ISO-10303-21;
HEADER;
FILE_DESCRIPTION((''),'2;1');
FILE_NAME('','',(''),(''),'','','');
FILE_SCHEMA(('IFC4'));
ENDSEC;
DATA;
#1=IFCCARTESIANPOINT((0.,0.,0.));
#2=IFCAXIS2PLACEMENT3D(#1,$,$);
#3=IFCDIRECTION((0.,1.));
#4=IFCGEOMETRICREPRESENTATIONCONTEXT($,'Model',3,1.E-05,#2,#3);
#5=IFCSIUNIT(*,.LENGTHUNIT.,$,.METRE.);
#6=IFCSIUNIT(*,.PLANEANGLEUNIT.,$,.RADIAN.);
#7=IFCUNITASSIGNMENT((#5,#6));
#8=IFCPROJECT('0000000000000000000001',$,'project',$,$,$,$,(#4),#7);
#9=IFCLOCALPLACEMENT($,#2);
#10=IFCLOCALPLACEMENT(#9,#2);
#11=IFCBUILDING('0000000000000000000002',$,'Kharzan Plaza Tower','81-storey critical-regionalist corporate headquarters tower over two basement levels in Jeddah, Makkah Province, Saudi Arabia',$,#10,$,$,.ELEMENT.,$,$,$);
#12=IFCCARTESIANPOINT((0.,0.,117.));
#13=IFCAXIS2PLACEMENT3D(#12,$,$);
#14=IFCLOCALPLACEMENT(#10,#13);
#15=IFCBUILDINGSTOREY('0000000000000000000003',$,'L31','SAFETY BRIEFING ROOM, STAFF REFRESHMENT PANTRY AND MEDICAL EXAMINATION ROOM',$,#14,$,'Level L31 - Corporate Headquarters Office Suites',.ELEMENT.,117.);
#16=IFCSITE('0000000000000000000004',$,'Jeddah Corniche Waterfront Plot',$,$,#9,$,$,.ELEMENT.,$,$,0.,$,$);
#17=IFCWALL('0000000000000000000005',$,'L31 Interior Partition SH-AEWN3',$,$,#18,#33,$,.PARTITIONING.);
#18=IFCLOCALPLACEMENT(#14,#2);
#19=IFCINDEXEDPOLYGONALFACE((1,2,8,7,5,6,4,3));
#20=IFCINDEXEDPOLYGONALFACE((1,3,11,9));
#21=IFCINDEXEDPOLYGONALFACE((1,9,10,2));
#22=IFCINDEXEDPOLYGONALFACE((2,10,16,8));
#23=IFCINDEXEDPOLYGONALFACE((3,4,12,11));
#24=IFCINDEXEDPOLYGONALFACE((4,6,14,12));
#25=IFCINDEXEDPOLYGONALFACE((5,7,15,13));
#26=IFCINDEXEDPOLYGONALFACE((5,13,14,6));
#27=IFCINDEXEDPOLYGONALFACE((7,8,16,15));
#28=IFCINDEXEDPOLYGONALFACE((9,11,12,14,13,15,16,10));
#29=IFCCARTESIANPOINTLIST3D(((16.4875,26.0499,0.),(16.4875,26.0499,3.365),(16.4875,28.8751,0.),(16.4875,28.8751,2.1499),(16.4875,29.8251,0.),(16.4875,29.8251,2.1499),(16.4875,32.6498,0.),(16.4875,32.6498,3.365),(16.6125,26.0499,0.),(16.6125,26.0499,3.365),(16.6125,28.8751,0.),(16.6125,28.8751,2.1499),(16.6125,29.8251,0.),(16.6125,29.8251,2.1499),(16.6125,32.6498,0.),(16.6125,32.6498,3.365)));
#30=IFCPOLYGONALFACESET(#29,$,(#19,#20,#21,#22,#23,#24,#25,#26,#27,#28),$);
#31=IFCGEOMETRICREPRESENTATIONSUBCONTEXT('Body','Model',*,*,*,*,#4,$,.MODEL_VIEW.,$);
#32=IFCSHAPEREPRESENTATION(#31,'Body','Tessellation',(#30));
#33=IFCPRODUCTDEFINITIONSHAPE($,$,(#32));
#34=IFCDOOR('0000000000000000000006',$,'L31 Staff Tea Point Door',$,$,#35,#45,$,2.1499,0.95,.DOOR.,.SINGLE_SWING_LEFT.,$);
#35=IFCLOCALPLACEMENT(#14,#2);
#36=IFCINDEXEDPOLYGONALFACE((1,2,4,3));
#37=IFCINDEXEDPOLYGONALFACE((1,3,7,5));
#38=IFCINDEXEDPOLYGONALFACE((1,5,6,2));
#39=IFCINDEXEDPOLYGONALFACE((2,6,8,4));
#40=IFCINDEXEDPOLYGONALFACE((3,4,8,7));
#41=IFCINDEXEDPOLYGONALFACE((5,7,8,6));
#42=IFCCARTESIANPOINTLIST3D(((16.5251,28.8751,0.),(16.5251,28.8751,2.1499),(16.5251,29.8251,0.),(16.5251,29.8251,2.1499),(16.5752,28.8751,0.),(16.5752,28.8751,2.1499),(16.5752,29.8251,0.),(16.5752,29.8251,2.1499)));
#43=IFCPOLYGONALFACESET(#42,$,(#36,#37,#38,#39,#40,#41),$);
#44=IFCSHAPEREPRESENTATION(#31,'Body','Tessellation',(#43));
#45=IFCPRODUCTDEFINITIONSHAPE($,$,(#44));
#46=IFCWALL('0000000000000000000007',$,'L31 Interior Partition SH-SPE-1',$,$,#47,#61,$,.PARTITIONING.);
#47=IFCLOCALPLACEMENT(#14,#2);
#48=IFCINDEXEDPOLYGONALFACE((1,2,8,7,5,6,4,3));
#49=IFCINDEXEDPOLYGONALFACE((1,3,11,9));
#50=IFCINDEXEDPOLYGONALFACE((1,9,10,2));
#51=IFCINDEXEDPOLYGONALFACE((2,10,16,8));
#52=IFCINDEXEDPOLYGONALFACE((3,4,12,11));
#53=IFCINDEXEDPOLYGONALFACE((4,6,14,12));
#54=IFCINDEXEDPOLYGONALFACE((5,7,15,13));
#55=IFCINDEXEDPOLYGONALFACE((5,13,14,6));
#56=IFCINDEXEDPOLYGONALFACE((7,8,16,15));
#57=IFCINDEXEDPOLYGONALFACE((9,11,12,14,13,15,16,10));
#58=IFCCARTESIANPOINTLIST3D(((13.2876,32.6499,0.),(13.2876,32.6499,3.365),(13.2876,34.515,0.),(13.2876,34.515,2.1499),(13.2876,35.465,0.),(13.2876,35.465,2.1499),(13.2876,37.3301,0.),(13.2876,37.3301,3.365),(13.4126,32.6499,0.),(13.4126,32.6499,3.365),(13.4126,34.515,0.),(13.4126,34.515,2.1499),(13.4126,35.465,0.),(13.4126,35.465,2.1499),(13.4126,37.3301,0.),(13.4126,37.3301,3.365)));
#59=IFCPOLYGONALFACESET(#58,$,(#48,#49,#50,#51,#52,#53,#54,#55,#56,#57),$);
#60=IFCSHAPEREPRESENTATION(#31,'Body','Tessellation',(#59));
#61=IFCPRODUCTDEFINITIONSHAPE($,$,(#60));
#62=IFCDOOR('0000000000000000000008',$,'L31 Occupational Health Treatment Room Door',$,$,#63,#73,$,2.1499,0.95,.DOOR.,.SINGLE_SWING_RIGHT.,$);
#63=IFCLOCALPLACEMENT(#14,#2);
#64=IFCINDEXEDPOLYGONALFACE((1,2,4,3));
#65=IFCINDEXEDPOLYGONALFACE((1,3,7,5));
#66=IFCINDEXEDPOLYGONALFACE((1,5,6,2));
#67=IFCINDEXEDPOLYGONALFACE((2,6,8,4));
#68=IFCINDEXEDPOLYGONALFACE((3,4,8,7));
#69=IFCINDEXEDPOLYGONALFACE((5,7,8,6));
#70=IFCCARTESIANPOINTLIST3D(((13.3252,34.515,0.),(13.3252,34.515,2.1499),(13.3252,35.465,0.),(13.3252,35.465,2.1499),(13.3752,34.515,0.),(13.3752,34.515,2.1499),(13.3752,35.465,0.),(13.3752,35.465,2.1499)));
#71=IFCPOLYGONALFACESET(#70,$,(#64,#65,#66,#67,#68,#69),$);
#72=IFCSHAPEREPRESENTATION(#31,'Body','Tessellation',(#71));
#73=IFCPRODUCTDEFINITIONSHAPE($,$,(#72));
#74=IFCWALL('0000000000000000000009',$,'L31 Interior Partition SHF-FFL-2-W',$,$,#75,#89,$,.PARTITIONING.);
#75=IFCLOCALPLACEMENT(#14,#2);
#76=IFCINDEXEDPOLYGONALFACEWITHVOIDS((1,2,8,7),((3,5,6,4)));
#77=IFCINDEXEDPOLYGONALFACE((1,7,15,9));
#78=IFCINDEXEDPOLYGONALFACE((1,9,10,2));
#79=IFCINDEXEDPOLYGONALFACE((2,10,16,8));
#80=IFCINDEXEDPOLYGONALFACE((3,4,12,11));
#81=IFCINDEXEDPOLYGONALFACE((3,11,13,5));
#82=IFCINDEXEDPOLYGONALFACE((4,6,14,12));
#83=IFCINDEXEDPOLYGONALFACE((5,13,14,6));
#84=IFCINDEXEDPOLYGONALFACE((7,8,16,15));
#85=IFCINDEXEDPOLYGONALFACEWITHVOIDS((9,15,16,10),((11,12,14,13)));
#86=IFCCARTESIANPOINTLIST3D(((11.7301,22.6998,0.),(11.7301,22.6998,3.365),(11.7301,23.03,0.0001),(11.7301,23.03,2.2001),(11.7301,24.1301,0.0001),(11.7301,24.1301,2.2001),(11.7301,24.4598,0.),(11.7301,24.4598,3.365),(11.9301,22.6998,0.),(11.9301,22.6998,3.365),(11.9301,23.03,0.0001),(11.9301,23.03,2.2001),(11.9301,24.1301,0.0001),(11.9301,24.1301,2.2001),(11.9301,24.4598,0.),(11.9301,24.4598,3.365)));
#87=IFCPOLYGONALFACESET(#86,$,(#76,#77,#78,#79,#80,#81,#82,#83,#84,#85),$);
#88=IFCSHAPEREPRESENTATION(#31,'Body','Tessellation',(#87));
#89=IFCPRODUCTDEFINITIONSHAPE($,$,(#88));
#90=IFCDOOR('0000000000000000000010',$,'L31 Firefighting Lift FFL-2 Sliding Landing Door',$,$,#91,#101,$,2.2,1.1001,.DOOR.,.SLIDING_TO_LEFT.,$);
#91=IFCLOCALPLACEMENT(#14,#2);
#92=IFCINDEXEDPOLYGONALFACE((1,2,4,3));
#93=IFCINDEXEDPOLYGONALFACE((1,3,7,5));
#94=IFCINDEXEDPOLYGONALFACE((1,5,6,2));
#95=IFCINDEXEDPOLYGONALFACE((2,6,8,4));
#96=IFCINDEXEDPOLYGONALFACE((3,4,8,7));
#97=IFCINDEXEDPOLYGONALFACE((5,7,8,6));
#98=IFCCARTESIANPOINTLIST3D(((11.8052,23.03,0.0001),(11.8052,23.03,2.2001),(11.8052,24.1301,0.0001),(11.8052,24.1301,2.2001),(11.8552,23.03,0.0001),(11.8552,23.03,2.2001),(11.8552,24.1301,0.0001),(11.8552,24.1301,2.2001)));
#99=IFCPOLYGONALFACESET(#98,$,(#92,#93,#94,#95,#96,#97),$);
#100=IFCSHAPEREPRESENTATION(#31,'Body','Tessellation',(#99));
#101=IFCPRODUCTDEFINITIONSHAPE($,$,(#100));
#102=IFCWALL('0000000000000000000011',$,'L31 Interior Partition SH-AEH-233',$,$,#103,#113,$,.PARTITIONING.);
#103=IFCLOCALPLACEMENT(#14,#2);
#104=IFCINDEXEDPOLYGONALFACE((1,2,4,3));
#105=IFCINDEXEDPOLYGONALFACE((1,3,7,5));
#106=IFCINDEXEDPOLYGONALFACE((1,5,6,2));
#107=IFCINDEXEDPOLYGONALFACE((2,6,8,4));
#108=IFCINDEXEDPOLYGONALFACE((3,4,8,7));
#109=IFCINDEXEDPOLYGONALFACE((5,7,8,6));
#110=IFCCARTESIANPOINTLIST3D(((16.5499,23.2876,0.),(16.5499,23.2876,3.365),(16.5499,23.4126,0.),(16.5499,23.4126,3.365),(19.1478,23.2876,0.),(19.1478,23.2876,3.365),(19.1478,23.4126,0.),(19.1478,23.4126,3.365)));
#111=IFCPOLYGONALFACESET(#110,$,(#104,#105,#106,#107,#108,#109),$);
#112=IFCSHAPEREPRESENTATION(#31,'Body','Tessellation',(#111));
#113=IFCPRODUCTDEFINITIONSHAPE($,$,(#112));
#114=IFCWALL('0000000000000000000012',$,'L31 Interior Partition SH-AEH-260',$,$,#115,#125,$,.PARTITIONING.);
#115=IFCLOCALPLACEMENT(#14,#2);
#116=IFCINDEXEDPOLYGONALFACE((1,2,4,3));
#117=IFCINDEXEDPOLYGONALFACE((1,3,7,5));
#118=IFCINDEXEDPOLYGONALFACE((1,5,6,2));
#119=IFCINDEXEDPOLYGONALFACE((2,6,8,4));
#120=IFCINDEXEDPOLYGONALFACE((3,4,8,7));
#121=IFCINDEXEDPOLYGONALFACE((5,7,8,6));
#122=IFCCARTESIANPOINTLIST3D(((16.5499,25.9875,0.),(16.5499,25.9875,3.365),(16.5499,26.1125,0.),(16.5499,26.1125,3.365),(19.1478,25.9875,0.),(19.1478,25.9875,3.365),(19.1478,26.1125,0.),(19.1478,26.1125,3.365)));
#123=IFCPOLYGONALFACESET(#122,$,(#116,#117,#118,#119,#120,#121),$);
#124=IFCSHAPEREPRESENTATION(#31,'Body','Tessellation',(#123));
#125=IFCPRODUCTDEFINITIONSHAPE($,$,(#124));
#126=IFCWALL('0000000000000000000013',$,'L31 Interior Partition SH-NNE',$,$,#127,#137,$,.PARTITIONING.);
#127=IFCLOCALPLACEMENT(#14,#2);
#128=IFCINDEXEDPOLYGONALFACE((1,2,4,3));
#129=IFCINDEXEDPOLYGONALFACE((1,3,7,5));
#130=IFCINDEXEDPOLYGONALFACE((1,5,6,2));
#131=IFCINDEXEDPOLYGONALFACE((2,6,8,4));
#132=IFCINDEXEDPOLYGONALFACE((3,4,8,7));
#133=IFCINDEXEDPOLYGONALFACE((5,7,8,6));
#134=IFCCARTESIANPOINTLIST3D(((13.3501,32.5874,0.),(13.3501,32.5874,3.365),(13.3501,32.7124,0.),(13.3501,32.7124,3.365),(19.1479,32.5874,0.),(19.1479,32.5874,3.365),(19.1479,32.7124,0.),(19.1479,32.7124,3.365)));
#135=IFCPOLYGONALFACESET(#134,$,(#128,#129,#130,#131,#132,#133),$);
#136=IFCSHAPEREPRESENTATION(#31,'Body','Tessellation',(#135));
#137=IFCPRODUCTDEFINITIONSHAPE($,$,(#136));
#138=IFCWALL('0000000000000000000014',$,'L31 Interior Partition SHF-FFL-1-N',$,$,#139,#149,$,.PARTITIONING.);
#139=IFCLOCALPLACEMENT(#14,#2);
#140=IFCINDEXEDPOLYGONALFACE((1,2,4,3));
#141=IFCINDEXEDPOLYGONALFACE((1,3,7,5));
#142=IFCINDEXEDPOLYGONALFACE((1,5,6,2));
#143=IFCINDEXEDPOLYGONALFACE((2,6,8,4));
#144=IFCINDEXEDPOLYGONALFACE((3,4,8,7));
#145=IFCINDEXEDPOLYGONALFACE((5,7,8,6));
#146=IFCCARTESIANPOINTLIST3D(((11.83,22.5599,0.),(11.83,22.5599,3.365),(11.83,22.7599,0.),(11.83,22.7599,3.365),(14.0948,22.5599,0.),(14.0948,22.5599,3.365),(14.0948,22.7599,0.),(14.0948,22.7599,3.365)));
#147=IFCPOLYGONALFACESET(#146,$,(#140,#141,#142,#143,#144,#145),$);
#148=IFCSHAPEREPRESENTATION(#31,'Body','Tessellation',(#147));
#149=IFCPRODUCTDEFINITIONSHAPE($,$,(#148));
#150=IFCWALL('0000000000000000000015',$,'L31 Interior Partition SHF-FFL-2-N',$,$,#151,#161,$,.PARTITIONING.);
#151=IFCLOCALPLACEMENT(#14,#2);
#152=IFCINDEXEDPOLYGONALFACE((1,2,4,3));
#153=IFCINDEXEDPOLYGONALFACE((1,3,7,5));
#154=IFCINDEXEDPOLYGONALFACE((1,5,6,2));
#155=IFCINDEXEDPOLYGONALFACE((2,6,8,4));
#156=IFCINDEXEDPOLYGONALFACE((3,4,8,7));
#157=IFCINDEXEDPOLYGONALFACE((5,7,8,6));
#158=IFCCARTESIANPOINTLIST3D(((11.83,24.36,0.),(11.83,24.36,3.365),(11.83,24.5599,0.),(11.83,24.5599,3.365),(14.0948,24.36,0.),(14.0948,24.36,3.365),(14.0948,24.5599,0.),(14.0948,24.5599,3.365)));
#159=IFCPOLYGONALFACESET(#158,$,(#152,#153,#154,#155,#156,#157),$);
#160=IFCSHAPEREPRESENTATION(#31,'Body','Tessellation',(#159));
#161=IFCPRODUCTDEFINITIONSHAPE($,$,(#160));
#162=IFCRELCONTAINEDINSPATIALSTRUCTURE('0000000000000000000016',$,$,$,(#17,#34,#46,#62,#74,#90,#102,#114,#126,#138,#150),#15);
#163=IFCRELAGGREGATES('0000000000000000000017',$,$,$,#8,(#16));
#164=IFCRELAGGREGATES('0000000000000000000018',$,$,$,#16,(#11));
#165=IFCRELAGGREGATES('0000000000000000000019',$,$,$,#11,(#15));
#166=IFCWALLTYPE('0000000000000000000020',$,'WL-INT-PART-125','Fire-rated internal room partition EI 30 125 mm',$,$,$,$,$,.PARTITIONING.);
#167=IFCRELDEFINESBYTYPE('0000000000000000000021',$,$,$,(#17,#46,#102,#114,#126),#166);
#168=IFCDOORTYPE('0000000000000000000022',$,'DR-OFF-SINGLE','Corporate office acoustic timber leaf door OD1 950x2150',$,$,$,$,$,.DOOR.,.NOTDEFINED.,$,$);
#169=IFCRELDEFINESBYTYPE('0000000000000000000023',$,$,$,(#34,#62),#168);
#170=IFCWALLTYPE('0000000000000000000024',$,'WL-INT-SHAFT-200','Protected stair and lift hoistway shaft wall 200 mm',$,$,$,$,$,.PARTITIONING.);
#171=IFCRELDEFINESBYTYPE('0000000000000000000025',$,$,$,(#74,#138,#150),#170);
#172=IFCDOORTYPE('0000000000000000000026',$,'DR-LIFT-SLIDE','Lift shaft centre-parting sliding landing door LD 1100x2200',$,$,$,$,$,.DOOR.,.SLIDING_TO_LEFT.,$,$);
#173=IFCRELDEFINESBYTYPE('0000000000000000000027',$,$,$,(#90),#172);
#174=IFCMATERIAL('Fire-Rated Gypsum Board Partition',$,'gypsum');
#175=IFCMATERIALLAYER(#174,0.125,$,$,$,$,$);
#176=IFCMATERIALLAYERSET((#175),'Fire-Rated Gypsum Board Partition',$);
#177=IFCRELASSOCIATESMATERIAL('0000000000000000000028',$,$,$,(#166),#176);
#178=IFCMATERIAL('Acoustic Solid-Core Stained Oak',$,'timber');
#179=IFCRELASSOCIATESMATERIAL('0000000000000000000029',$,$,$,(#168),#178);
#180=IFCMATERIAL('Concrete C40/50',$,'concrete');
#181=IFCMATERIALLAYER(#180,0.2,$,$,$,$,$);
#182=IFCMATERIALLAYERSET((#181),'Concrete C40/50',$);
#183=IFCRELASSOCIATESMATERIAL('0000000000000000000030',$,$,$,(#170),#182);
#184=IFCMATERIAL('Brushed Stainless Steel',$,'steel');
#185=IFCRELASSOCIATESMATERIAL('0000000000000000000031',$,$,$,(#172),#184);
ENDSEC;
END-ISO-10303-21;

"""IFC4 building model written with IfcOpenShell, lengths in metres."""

from ifc_helpers import new_model, si_unit, direction, frame, frame_2d, origin, place, context, subcontext, project, spatial, rectangle, extrude, source, transform, mapped, material, layer, layer_set, type_object, element, fill, save


model = new_model("IFC4")

# Units and contexts
model_context = context("Model", 3, precision=1e-05, world=origin(), true_north=direction((0.0, 1.0)))
body_context = subcontext(model_context, "Body", "Model", "MODEL_VIEW")
ifc_project = project(units=[si_unit("LENGTHUNIT", "METRE"), si_unit("PLANEANGLEUNIT", "RADIAN")], contexts=[model_context])

# Site, building, storey
site_placement = place(None, origin())
site = spatial("IfcSite", under=ifc_project, at=site_placement, Name="Jeddah Corniche Waterfront Plot", CompositionType="ELEMENT", RefElevation=0.0)
building_placement = place(site_placement, origin())
building = spatial("IfcBuilding", under=site, at=building_placement, Name="Kharzan Plaza Tower", Description="81-storey critical-regionalist corporate headquarters tower over two basement levels in Jeddah, Makkah Province, Saudi Arabia", CompositionType="ELEMENT")
storey_placement = place(building_placement, frame((0.0, 0.0, 117.0)))
storey = spatial("IfcBuildingStorey", under=building, at=storey_placement, Name="L31", Description="SAFETY BRIEFING ROOM, STAFF REFRESHMENT PANTRY AND MEDICAL EXAMINATION ROOM", LongName="Level L31 - Corporate Headquarters Office Suites", CompositionType="ELEMENT", Elevation=117.0)

# Walls, openings, doors
ifc_material_1 = material(Name="Fire-Rated Gypsum Board Partition", Category="gypsum")
ifc_layer_1 = layer(ifc_material_1, 0.125)
ifc_layer_set_1 = layer_set([ifc_layer_1], Name="Fire-Rated Gypsum Board Partition")
wall_type_1 = type_object("IfcWallType", Name="WL-INT-PART-125", Description="Fire-rated internal room partition EI 30 125 mm", PredefinedType="PARTITIONING", material=ifc_layer_set_1)
wall_1_placement = place(storey_placement, frame((16.55, 26.05, 0.0), z_axis=(0.0, 0.0, 1.0), x_axis=(0.0, 1.0, 0.0)))
wall_1 = element("IfcWall", 1, at=wall_1_placement, inside=storey, type_object=wall_type_1, Name="L31 Interior Partition SH-AEWN3", PredefinedType="PARTITIONING", context=body_context, shape_type="SweptSolid", body=[
    extrude(rectangle(XDim=6.5999, YDim=0.125, at=frame_2d((3.2998, 0.0))), origin(), (0.0, 0.0, 1.0), 3.365),
])
opening_1_placement = place(wall_1_placement, frame((2.825, 0.0, 0.0)))
opening_1 = element("IfcOpeningElement", 2, at=opening_1_placement, cuts=wall_1, PredefinedType="OPENING", context=body_context, shape_type="SweptSolid", body=[
    extrude(rectangle(XDim=0.95, YDim=2.1499, at=frame_2d((0.4751, 1.075))), frame((0.0, 0.0725, 0.0), z_axis=(0.0, -1.0, 0.0), x_axis=(1.0, 0.0, 0.0)), (0.0, 0.0, 1.0), 0.145),
])
ifc_material_2 = material(Name="Acoustic Solid-Core Stained Oak", Category="timber")
door_type_1 = type_object("IfcDoorType", Name="DR-OFF-SINGLE", Description="Corporate office acoustic timber leaf door OD1 950x2150", OperationType="NOTDEFINED", PredefinedType="DOOR", material=ifc_material_2)
shared_shape_1 = source(origin(), body_context, "Body", "SweptSolid", [
    extrude(rectangle(XDim=0.95, YDim=2.1499, at=frame_2d((0.4751, 1.075))), frame((0.0, 0.0249, 0.0), z_axis=(0.0, -1.0, 0.0), x_axis=(1.0, 0.0, 0.0)), (0.0, 0.0, 1.0), 0.05),
])
door_1_placement = place(opening_1_placement, origin())
door_1 = element("IfcDoor", 3, at=door_1_placement, inside=storey, type_object=door_type_1, Name="L31 Staff Tea Point Door", OperationType="SINGLE_SWING_LEFT", OverallHeight=2.1499, OverallWidth=0.95, PredefinedType="DOOR", context=body_context, shape_type="MappedRepresentation", body=[
    mapped(shared_shape_1, transform((0.0, 0.0, 0.0), x_axis=(1.0, 0.0, 0.0), y_axis=(0.0, 1.0, 0.0), z_axis=(0.0, 0.0, 1.0))),
])
fill(opening_1, door_1)
wall_2_placement = place(storey_placement, frame((13.3501, 32.6499, 0.0), z_axis=(0.0, 0.0, 1.0), x_axis=(0.0, 1.0, 0.0)))
wall_2 = element("IfcWall", 4, at=wall_2_placement, inside=storey, type_object=wall_type_1, Name="L31 Interior Partition SH-SPE-1", PredefinedType="PARTITIONING", context=body_context, shape_type="SweptSolid", body=[
    extrude(rectangle(XDim=4.6802, YDim=0.125, at=frame_2d((2.3401, 0.0))), origin(), (0.0, 0.0, 1.0), 3.365),
])
opening_2_placement = place(wall_2_placement, frame((1.865, 0.0, 0.0)))
opening_2 = element("IfcOpeningElement", 5, at=opening_2_placement, cuts=wall_2, PredefinedType="OPENING", context=body_context, shape_type="SweptSolid", body=[
    extrude(rectangle(XDim=0.95, YDim=2.1499, at=frame_2d((0.4751, 1.075))), frame((0.0, 0.0725, 0.0), z_axis=(0.0, -1.0, 0.0), x_axis=(1.0, 0.0, 0.0)), (0.0, 0.0, 1.0), 0.145),
])
door_2_placement = place(opening_2_placement, origin())
door_2 = element("IfcDoor", 6, at=door_2_placement, inside=storey, type_object=door_type_1, Name="L31 Occupational Health Treatment Room Door", OperationType="SINGLE_SWING_RIGHT", OverallHeight=2.1499, OverallWidth=0.95, PredefinedType="DOOR", context=body_context, shape_type="MappedRepresentation", body=[
    mapped(shared_shape_1, transform((0.0, 0.0, 0.0), x_axis=(1.0, 0.0, 0.0), y_axis=(0.0, 1.0, 0.0), z_axis=(0.0, 0.0, 1.0))),
])
fill(opening_2, door_2)
ifc_material_3 = material(Name="Concrete C40/50", Category="concrete")
ifc_layer_2 = layer(ifc_material_3, 0.2)
ifc_layer_set_2 = layer_set([ifc_layer_2], Name="Concrete C40/50")
wall_type_2 = type_object("IfcWallType", Name="WL-INT-SHAFT-200", Description="Protected stair and lift hoistway shaft wall 200 mm", PredefinedType="PARTITIONING", material=ifc_layer_set_2)
wall_3_placement = place(storey_placement, frame((11.8301, 22.7, 0.0), z_axis=(0.0, 0.0, 1.0), x_axis=(0.0, 1.0, 0.0)))
wall_3 = element("IfcWall", 7, at=wall_3_placement, inside=storey, type_object=wall_type_2, Name="L31 Interior Partition SHF-FFL-2-W", PredefinedType="PARTITIONING", context=body_context, shape_type="SweptSolid", body=[
    extrude(rectangle(XDim=1.76, YDim=0.2, at=frame_2d((0.8799, 0.0))), origin(), (0.0, 0.0, 1.0), 3.365),
])
opening_3_placement = place(wall_3_placement, frame((0.3301, 0.0, 0.0)))
opening_3 = element("IfcOpeningElement", 8, at=opening_3_placement, cuts=wall_3, PredefinedType="OPENING", context=body_context, shape_type="SweptSolid", body=[
    extrude(rectangle(XDim=1.1001, YDim=2.2, at=frame_2d((0.55, 1.1001))), frame((0.0, 0.1099, 0.0), z_axis=(0.0, -1.0, 0.0), x_axis=(1.0, 0.0, 0.0)), (0.0, 0.0, 1.0), 0.22),
])
ifc_material_4 = material(Name="Brushed Stainless Steel", Category="steel")
door_type_2 = type_object("IfcDoorType", Name="DR-LIFT-SLIDE", Description="Lift shaft centre-parting sliding landing door LD 1100x2200", OperationType="SLIDING_TO_LEFT", PredefinedType="DOOR", material=ifc_material_4)
shared_shape_2 = source(origin(), body_context, "Body", "SweptSolid", [
    extrude(rectangle(XDim=1.1001, YDim=2.2, at=frame_2d((0.55, 1.1001))), frame((0.0, 0.0249, 0.0), z_axis=(0.0, -1.0, 0.0), x_axis=(1.0, 0.0, 0.0)), (0.0, 0.0, 1.0), 0.05),
])
door_3_placement = place(opening_3_placement, origin())
door_3 = element("IfcDoor", 9, at=door_3_placement, inside=storey, type_object=door_type_2, Name="L31 Firefighting Lift FFL-2 Sliding Landing Door", OperationType="SLIDING_TO_LEFT", OverallHeight=2.2, OverallWidth=1.1001, PredefinedType="DOOR", context=body_context, shape_type="MappedRepresentation", body=[
    mapped(shared_shape_2, transform((0.0, 0.0, 0.0), x_axis=(1.0, 0.0, 0.0), y_axis=(0.0, 1.0, 0.0), z_axis=(0.0, 0.0, 1.0))),
])
fill(opening_3, door_3)

# Walls
shared_shape_3 = source(origin(), body_context, "Body", "SweptSolid", [
    extrude(rectangle(XDim=2.5979, YDim=0.125, at=frame_2d((1.2988, 0.0))), origin(), (0.0, 0.0, 1.0), 3.365),
])
for number, where, z_axis, x_axis, name in (
    (10, (16.55, 23.3501, 0.0), (0.0, 0.0, 1.0), (1.0, 0.0, 0.0), "L31 Interior Partition SH-AEH-233"),
    (11, (16.55, 26.05, 0.0), (0.0, 0.0, 1.0), (1.0, 0.0, 0.0), "L31 Interior Partition SH-AEH-260"),
):
    element("IfcWall", number, at=place(storey_placement, frame(where, z_axis=z_axis, x_axis=x_axis)), inside=storey, type_object=wall_type_1, Name=name, PredefinedType="PARTITIONING", context=body_context, shape_type="MappedRepresentation", body=[
        mapped(shared_shape_3, transform((0.0, 0.0, 0.0), x_axis=(1.0, 0.0, 0.0), y_axis=(0.0, 1.0, 0.0), z_axis=(0.0, 0.0, 1.0))),
    ])
shared_shape_4 = source(origin(), body_context, "Body", "SweptSolid", [
    extrude(rectangle(XDim=5.7979, YDim=0.125, at=frame_2d((2.8989, 0.0))), origin(), (0.0, 0.0, 1.0), 3.365),
])
wall_4_placement = place(storey_placement, frame((13.3501, 32.6499, 0.0), z_axis=(0.0, 0.0, 1.0), x_axis=(1.0, 0.0, 0.0)))
element("IfcWall", 12, at=wall_4_placement, inside=storey, type_object=wall_type_1, Name="L31 Interior Partition SH-NNE", PredefinedType="PARTITIONING", context=body_context, shape_type="MappedRepresentation", body=[
    mapped(shared_shape_4, transform((0.0, 0.0, 0.0), x_axis=(1.0, 0.0, 0.0), y_axis=(0.0, 1.0, 0.0), z_axis=(0.0, 0.0, 1.0))),
])
shared_shape_5 = source(origin(), body_context, "Body", "SweptSolid", [
    extrude(rectangle(XDim=2.2649, YDim=0.2, at=frame_2d((1.1323, 0.0))), origin(), (0.0, 0.0, 1.0), 3.365),
])
for number, where, z_axis, x_axis, name in (
    (13, (11.8301, 22.6599, 0.0), (0.0, 0.0, 1.0), (1.0, 0.0, 0.0), "L31 Interior Partition SHF-FFL-1-N"),
    (14, (11.8301, 24.46, 0.0), (0.0, 0.0, 1.0), (1.0, 0.0, 0.0), "L31 Interior Partition SHF-FFL-2-N"),
):
    element("IfcWall", number, at=place(storey_placement, frame(where, z_axis=z_axis, x_axis=x_axis)), inside=storey, type_object=wall_type_2, Name=name, PredefinedType="PARTITIONING", context=body_context, shape_type="MappedRepresentation", body=[
        mapped(shared_shape_5, transform((0.0, 0.0, 0.0), x_axis=(1.0, 0.0, 0.0), y_axis=(0.0, 1.0, 0.0), z_axis=(0.0, 0.0, 1.0))),
    ])

save(model, "model.ifc")
